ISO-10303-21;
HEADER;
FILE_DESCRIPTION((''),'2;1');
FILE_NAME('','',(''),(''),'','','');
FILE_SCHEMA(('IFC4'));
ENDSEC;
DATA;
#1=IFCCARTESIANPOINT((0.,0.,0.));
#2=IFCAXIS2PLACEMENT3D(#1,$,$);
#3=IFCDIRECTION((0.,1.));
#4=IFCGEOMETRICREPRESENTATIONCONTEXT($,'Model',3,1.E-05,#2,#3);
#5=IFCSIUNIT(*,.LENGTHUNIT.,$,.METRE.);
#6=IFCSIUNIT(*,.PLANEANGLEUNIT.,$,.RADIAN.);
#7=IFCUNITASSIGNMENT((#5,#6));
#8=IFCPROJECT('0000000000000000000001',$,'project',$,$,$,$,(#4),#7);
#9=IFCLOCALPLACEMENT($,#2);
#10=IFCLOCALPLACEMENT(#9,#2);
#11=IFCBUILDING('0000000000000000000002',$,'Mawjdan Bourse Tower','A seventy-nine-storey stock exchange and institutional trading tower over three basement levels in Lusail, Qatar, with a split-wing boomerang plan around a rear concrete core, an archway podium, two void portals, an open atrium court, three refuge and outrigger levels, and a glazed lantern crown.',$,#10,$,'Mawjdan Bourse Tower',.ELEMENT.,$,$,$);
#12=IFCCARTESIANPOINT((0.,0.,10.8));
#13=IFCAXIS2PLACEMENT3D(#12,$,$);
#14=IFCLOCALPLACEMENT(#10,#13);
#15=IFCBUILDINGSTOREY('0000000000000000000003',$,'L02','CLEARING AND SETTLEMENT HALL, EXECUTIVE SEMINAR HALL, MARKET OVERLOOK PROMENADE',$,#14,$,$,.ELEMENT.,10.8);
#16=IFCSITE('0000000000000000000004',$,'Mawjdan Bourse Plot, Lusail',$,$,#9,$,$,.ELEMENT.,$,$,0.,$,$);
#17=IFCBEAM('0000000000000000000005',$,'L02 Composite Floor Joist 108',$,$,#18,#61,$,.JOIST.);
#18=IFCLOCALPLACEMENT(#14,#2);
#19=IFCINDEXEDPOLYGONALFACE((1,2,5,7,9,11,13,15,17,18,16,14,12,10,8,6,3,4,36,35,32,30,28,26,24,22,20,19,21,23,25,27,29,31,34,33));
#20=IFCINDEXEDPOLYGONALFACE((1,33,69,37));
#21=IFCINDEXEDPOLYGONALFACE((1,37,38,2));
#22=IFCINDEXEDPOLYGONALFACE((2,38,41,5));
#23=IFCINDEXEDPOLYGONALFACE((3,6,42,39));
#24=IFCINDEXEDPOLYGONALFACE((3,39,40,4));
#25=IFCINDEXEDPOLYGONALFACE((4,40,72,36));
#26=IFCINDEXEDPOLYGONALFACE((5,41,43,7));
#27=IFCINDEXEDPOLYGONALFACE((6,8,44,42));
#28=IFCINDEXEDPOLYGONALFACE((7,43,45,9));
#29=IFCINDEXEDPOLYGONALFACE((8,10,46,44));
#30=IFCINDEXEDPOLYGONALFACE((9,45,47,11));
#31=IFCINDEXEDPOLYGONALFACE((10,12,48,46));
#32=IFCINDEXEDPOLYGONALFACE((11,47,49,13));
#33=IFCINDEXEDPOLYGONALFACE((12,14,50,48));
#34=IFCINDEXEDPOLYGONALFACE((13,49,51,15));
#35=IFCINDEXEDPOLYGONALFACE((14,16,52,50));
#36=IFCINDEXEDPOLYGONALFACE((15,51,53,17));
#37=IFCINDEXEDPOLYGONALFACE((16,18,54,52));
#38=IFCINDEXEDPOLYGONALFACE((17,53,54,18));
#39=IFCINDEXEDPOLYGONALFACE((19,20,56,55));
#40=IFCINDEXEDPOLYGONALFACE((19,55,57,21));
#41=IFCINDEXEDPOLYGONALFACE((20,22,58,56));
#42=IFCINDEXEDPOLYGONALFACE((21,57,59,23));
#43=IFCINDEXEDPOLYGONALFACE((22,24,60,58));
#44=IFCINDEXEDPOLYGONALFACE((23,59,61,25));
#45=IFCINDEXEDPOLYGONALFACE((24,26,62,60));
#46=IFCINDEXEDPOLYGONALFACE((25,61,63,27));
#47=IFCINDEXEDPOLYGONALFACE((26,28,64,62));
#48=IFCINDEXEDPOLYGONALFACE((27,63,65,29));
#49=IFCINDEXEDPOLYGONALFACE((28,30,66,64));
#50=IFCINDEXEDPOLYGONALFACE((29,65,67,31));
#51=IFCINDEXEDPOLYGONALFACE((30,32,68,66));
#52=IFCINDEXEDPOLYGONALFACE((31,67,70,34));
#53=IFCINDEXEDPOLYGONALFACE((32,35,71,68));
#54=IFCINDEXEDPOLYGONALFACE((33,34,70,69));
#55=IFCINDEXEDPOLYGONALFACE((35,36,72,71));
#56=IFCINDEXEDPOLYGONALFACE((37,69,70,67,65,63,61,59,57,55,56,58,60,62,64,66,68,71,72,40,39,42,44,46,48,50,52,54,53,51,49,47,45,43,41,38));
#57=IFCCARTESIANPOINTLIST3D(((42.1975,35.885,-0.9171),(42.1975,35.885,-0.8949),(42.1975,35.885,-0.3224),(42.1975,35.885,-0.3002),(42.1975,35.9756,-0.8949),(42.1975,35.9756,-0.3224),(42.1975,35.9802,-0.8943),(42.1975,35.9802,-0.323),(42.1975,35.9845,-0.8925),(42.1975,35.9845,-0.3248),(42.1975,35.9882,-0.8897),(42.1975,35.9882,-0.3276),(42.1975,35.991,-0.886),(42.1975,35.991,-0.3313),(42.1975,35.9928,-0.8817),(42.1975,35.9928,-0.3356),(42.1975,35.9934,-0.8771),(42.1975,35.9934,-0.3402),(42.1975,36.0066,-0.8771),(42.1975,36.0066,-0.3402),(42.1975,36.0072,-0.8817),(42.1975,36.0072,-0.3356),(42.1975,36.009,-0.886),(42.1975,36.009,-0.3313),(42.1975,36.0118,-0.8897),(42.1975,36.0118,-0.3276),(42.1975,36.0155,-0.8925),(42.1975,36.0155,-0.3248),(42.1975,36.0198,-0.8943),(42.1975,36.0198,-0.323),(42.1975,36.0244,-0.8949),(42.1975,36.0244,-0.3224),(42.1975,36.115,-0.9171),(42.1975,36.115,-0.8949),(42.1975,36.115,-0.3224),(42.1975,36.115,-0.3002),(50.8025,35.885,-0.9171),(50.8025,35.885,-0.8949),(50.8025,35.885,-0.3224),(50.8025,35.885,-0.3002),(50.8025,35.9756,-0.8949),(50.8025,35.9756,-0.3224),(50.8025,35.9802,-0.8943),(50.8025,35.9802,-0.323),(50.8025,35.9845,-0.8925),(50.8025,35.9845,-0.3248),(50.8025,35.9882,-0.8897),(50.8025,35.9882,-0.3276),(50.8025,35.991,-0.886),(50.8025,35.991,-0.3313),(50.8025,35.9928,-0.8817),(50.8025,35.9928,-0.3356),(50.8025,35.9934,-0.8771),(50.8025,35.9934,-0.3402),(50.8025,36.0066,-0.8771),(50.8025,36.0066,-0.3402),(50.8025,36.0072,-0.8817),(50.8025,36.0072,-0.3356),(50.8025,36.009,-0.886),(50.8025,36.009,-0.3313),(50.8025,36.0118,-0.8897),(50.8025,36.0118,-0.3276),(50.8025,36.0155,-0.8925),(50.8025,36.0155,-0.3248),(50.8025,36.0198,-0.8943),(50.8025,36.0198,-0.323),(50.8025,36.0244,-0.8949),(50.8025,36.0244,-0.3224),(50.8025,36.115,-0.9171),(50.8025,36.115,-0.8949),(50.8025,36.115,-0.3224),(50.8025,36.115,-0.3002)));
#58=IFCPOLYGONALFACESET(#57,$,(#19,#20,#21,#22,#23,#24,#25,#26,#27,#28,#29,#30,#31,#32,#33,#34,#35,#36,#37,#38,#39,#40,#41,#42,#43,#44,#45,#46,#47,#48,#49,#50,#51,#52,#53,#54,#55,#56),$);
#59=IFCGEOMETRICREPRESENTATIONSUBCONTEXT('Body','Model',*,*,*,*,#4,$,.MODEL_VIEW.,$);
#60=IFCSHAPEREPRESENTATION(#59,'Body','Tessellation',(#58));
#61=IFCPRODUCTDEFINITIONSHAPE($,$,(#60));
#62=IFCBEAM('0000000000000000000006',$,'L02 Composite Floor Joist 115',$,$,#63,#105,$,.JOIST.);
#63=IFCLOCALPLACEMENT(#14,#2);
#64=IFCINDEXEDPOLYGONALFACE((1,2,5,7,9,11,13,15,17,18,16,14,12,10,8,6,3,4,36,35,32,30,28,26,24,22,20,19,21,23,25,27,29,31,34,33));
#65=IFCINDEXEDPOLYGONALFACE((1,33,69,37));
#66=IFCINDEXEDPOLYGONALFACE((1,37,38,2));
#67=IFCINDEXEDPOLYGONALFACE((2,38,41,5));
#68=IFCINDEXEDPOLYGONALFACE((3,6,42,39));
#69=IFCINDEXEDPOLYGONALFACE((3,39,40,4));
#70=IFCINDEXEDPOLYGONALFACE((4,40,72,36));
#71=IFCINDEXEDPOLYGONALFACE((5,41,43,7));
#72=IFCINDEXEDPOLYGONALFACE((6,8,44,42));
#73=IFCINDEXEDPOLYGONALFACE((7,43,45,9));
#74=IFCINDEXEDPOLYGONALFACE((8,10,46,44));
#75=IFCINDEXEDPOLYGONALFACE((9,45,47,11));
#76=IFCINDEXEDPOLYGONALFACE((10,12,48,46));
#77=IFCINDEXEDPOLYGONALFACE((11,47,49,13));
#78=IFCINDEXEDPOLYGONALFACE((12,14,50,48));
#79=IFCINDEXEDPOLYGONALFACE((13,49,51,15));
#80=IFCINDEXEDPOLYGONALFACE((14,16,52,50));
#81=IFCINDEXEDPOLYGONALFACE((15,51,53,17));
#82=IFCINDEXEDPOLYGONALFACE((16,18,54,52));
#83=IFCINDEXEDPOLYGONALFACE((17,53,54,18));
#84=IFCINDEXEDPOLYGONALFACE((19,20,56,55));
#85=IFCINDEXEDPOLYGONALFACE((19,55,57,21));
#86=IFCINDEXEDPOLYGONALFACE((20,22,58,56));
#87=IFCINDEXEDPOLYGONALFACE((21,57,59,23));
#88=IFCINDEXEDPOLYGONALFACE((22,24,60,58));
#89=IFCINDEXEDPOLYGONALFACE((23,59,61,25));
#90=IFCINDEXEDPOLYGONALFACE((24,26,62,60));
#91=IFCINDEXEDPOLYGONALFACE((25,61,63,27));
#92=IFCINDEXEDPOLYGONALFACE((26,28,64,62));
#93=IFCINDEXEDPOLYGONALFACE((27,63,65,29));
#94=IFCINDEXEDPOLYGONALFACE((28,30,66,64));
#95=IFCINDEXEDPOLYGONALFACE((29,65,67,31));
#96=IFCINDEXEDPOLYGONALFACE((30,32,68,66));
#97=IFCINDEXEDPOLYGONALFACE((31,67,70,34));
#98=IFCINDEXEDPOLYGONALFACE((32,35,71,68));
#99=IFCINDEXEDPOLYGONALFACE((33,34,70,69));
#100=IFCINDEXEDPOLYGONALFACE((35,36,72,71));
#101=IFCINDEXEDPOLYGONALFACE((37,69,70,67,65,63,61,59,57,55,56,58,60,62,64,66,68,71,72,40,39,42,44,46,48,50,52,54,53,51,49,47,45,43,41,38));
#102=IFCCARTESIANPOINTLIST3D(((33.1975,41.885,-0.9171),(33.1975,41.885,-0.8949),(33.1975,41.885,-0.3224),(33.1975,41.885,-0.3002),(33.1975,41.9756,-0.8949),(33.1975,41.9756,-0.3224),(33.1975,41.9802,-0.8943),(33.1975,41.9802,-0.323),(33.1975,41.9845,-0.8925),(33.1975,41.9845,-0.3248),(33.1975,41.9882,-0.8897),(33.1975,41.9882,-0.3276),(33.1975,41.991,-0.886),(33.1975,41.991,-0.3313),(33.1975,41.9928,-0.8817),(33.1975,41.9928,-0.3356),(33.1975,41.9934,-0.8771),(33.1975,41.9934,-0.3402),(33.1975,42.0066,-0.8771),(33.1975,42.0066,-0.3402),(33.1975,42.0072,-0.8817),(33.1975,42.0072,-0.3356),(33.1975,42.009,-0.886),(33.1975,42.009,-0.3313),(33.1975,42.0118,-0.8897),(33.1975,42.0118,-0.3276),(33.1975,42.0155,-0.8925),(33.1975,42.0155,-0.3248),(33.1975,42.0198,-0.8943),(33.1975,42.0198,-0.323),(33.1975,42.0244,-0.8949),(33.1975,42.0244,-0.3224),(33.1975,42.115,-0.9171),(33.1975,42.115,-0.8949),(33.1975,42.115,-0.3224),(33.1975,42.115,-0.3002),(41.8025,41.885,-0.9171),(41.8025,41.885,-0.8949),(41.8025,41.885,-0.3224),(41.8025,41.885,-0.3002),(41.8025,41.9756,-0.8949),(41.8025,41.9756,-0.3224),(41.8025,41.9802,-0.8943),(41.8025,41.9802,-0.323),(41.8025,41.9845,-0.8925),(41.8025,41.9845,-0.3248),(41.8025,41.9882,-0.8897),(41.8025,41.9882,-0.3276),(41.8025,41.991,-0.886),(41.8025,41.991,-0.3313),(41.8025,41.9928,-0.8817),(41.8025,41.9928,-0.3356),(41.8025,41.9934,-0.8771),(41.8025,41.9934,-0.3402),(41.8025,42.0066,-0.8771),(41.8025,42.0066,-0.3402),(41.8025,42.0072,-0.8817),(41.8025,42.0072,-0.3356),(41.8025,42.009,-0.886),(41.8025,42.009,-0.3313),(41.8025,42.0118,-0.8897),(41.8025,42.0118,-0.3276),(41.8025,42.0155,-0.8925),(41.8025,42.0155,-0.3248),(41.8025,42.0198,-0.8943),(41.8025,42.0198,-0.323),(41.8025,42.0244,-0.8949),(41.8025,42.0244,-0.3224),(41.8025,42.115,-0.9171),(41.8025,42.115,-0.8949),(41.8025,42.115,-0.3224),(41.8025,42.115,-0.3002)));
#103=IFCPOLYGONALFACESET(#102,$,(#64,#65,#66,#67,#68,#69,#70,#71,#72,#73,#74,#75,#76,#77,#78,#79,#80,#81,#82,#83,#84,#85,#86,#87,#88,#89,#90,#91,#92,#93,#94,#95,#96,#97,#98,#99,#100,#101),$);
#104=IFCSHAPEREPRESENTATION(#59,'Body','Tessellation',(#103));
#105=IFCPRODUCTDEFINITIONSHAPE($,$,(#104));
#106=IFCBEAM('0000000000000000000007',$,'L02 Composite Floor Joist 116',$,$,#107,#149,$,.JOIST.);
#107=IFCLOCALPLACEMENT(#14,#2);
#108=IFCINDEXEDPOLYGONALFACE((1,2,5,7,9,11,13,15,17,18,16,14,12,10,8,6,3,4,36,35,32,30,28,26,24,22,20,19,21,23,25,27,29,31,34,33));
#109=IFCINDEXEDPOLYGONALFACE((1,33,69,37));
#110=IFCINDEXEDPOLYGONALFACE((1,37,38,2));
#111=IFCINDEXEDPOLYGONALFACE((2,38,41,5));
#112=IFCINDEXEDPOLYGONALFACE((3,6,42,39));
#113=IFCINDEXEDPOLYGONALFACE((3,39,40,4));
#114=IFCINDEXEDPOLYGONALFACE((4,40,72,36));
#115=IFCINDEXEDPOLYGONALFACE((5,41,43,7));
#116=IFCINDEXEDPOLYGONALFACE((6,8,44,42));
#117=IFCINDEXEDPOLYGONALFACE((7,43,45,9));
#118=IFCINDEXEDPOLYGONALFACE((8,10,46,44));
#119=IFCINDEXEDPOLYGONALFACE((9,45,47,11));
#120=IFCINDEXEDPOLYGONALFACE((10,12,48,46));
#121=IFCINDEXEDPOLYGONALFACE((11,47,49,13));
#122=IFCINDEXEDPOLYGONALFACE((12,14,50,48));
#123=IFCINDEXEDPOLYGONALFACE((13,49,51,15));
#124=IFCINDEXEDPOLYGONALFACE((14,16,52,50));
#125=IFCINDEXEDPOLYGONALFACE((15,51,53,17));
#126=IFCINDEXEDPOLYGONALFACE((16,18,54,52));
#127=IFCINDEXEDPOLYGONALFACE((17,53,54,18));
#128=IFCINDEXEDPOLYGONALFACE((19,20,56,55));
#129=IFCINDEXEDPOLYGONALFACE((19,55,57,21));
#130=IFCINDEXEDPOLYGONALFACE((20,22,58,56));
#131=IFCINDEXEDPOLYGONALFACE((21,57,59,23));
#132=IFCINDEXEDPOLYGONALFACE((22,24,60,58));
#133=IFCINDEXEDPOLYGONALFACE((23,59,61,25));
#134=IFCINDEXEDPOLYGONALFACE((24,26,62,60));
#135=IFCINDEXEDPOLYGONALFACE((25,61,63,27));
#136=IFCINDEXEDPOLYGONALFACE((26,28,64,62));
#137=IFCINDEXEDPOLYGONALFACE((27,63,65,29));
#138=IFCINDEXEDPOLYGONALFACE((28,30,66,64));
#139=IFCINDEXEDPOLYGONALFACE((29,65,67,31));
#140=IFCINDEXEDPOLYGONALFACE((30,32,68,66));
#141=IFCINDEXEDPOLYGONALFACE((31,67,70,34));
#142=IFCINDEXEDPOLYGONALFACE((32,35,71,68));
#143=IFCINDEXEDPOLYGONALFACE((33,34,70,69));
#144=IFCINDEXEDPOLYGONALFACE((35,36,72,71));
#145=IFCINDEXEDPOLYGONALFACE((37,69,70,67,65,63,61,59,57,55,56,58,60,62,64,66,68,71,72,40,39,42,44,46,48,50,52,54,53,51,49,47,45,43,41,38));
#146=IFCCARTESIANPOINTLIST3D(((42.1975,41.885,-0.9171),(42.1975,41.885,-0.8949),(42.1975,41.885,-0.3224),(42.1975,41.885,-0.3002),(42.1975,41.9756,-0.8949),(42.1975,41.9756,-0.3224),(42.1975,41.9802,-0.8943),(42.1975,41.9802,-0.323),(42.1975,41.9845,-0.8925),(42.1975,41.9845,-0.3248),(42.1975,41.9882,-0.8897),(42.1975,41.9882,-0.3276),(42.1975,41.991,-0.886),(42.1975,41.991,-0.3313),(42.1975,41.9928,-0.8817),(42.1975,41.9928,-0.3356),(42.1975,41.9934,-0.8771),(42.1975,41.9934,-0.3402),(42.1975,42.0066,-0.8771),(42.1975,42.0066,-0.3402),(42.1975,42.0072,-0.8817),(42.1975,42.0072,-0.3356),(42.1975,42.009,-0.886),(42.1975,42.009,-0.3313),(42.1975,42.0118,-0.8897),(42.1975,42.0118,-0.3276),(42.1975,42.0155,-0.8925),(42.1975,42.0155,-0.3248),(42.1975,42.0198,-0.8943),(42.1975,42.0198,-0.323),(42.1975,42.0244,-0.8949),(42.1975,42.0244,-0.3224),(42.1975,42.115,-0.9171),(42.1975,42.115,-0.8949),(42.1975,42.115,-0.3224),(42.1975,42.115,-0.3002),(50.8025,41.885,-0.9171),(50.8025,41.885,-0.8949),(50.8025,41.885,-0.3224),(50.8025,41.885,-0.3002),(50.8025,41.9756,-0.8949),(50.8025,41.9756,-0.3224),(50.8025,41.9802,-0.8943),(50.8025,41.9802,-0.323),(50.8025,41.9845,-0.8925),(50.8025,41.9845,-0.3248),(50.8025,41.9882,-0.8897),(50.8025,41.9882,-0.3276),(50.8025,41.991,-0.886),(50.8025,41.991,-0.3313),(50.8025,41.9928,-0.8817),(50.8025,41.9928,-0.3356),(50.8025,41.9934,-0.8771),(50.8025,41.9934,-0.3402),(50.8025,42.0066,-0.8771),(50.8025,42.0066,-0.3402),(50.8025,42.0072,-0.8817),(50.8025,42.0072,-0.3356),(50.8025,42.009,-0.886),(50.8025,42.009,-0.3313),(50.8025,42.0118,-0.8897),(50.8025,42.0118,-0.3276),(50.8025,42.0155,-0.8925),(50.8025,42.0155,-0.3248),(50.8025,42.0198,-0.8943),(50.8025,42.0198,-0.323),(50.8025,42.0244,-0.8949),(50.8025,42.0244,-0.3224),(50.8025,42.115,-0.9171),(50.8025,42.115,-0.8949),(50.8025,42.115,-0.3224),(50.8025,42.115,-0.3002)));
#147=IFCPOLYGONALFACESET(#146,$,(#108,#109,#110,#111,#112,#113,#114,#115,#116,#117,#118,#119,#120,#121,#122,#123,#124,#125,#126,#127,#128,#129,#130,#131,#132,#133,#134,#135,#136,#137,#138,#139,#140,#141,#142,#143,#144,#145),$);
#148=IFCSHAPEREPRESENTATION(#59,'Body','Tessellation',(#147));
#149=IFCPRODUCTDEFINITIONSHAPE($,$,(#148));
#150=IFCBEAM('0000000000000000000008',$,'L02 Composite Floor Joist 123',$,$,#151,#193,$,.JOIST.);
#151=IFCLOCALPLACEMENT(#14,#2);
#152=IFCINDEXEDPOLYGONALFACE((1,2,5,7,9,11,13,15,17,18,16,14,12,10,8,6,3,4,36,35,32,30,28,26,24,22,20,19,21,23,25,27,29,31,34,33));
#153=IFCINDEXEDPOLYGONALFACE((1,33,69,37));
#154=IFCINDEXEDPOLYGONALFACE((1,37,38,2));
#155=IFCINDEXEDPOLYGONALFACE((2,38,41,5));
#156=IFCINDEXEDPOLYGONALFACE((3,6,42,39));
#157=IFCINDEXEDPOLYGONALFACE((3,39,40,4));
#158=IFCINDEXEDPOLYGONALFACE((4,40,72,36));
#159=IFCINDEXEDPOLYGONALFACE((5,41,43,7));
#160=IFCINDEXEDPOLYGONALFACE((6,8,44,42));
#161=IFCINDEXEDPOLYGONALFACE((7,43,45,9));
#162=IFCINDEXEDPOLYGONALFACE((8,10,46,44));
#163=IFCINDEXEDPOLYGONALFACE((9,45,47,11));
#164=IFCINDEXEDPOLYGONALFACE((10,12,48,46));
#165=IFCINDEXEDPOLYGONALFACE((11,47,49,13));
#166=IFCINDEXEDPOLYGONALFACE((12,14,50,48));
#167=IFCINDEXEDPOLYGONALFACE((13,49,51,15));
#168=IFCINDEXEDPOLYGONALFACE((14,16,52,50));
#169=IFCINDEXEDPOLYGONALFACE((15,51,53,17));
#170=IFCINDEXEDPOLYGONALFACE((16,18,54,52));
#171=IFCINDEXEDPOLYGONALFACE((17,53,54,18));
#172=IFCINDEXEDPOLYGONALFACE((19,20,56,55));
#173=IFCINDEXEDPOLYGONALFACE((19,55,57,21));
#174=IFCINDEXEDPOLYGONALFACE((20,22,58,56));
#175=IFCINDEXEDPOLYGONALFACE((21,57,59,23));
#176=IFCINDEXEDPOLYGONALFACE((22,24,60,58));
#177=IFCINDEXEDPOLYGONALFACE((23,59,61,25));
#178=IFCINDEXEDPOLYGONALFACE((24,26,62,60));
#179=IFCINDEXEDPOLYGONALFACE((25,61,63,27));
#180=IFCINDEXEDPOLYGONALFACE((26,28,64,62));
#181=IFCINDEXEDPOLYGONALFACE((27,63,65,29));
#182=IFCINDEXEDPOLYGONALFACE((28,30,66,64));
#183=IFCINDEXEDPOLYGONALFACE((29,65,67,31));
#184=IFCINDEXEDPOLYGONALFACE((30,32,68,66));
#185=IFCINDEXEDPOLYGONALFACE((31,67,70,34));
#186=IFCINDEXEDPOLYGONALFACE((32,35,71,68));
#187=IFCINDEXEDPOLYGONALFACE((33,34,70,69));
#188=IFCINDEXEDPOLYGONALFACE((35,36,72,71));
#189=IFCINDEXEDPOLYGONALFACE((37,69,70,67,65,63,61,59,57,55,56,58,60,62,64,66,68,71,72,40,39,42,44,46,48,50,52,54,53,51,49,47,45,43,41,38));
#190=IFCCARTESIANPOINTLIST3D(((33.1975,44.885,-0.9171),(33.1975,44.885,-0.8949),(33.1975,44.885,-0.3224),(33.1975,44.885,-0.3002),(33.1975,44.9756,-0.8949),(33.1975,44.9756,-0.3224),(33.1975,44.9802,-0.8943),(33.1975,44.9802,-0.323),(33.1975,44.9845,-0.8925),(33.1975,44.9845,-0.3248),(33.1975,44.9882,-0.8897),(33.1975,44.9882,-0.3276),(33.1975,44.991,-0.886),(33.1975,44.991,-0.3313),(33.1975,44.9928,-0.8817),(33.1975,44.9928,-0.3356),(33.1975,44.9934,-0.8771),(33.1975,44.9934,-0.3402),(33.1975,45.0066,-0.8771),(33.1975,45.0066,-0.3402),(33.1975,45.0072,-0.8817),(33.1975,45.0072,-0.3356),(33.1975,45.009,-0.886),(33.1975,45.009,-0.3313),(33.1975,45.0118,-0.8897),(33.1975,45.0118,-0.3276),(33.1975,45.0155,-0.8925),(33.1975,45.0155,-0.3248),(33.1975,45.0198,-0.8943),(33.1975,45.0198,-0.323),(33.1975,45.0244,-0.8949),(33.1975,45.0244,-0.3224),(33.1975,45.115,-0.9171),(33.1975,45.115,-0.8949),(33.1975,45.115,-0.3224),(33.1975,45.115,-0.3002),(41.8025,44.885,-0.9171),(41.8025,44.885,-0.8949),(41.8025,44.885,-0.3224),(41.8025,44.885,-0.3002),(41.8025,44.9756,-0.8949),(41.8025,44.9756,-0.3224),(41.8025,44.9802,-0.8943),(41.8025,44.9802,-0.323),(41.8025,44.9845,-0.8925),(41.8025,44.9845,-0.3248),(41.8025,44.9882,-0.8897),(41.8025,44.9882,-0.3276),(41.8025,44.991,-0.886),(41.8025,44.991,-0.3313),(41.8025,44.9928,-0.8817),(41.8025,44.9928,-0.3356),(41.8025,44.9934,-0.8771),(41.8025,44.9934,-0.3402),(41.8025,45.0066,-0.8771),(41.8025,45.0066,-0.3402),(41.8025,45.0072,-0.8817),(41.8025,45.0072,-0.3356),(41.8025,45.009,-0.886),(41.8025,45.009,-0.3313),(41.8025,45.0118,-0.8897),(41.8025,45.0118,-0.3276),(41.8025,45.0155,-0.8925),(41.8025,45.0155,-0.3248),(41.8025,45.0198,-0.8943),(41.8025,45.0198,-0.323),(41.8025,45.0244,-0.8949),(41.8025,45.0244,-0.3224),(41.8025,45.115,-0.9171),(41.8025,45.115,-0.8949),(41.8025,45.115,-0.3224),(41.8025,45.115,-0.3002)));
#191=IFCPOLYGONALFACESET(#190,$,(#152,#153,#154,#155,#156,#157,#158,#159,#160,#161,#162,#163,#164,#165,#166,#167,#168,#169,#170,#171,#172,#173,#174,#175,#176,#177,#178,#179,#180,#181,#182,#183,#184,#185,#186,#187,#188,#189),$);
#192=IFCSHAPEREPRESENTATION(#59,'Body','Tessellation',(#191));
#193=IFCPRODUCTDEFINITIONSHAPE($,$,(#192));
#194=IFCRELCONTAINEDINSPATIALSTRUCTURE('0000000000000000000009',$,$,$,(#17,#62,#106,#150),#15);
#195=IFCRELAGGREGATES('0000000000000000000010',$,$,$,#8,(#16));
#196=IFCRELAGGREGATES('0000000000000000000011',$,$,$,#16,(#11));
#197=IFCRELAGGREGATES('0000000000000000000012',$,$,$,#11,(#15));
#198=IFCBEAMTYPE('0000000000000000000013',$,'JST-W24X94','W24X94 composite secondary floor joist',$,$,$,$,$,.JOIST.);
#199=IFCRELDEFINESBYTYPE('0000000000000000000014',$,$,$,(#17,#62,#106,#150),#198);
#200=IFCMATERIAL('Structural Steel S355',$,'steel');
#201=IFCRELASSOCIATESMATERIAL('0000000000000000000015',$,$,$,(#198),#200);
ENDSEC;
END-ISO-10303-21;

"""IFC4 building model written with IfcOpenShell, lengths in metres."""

from ifc_helpers import new_model, si_unit, direction, frame, origin, origin_2d, place, context, subcontext, project, spatial, i_section, extrude, material, material_profile, profile_set, type_object, element, save


model = new_model("IFC4")

# Units and contexts
model_context = context("Model", 3, precision=1e-05, world=origin(), true_north=direction((0.0, 1.0)))
body_context = subcontext(model_context, "Body", "Model", "MODEL_VIEW")
ifc_project = project(units=[si_unit("LENGTHUNIT", "METRE"), si_unit("PLANEANGLEUNIT", "RADIAN")], contexts=[model_context])

# Site, building, storey
site_placement = place(None, origin())
site = spatial("IfcSite", under=ifc_project, at=site_placement, Name="Mawjdan Bourse Plot, Lusail", CompositionType="ELEMENT", RefElevation=0.0)
building_placement = place(site_placement, origin())
building = spatial("IfcBuilding", under=site, at=building_placement, Name="Mawjdan Bourse Tower", Description="A seventy-nine-storey stock exchange and institutional trading tower over three basement levels in Lusail, Qatar, with a split-wing boomerang plan around a rear concrete core, an archway podium, two void portals, an open atrium court, three refuge and outrigger levels, and a glazed lantern crown.", LongName="Mawjdan Bourse Tower", CompositionType="ELEMENT")
storey_placement = place(building_placement, frame((0.0, 0.0, 10.8)))
storey = spatial("IfcBuildingStorey", under=building, at=storey_placement, Name="L02", Description="CLEARING AND SETTLEMENT HALL, EXECUTIVE SEMINAR HALL, MARKET OVERLOOK PROMENADE", CompositionType="ELEMENT", Elevation=10.8)

# Beams
ifc_material_1 = material(Name="Structural Steel S355", Category="steel")
ifc_material_profile_1 = material_profile(ifc_material_1, i_section(OverallWidth=0.23, OverallDepth=0.6169, WebThickness=0.0132, FlangeThickness=0.0222, FilletRadius=0.0178, at=origin_2d()), Name="W24X94")
ifc_profile_set_1 = profile_set([ifc_material_profile_1], Name="Structural Steel S355")
beam_type_1 = type_object("IfcBeamType", Name="JST-W24X94", Description="W24X94 composite secondary floor joist", PredefinedType="JOIST", material=ifc_profile_set_1)
for number, where, z_axis, x_axis, name in (
    (1, (42.1975, 36.0, -0.6086), (1.0, 0.0, 0.0), (0.0, 1.0, 0.0), "L02 Composite Floor Joist 108"),
    (2, (33.1975, 42.0, -0.6086), (1.0, 0.0, 0.0), (0.0, 1.0, 0.0), "L02 Composite Floor Joist 115"),
    (3, (42.1975, 42.0, -0.6086), (1.0, 0.0, 0.0), (0.0, 1.0, 0.0), "L02 Composite Floor Joist 116"),
    (4, (33.1975, 45.0, -0.6086), (1.0, 0.0, 0.0), (0.0, 1.0, 0.0), "L02 Composite Floor Joist 123"),
):
    element("IfcBeam", number, at=place(storey_placement, frame(where, z_axis=z_axis, x_axis=x_axis)), inside=storey, type_object=beam_type_1, Name=name, PredefinedType="JOIST", context=body_context, shape_type="SweptSolid", body=[
        extrude(i_section(OverallWidth=0.23, OverallDepth=0.6169, WebThickness=0.0132, FlangeThickness=0.0222, FilletRadius=0.0178, at=origin_2d()), origin(), (0.0, 0.0, 1.0), 8.605),
    ])

save(model, "model.ifc")
